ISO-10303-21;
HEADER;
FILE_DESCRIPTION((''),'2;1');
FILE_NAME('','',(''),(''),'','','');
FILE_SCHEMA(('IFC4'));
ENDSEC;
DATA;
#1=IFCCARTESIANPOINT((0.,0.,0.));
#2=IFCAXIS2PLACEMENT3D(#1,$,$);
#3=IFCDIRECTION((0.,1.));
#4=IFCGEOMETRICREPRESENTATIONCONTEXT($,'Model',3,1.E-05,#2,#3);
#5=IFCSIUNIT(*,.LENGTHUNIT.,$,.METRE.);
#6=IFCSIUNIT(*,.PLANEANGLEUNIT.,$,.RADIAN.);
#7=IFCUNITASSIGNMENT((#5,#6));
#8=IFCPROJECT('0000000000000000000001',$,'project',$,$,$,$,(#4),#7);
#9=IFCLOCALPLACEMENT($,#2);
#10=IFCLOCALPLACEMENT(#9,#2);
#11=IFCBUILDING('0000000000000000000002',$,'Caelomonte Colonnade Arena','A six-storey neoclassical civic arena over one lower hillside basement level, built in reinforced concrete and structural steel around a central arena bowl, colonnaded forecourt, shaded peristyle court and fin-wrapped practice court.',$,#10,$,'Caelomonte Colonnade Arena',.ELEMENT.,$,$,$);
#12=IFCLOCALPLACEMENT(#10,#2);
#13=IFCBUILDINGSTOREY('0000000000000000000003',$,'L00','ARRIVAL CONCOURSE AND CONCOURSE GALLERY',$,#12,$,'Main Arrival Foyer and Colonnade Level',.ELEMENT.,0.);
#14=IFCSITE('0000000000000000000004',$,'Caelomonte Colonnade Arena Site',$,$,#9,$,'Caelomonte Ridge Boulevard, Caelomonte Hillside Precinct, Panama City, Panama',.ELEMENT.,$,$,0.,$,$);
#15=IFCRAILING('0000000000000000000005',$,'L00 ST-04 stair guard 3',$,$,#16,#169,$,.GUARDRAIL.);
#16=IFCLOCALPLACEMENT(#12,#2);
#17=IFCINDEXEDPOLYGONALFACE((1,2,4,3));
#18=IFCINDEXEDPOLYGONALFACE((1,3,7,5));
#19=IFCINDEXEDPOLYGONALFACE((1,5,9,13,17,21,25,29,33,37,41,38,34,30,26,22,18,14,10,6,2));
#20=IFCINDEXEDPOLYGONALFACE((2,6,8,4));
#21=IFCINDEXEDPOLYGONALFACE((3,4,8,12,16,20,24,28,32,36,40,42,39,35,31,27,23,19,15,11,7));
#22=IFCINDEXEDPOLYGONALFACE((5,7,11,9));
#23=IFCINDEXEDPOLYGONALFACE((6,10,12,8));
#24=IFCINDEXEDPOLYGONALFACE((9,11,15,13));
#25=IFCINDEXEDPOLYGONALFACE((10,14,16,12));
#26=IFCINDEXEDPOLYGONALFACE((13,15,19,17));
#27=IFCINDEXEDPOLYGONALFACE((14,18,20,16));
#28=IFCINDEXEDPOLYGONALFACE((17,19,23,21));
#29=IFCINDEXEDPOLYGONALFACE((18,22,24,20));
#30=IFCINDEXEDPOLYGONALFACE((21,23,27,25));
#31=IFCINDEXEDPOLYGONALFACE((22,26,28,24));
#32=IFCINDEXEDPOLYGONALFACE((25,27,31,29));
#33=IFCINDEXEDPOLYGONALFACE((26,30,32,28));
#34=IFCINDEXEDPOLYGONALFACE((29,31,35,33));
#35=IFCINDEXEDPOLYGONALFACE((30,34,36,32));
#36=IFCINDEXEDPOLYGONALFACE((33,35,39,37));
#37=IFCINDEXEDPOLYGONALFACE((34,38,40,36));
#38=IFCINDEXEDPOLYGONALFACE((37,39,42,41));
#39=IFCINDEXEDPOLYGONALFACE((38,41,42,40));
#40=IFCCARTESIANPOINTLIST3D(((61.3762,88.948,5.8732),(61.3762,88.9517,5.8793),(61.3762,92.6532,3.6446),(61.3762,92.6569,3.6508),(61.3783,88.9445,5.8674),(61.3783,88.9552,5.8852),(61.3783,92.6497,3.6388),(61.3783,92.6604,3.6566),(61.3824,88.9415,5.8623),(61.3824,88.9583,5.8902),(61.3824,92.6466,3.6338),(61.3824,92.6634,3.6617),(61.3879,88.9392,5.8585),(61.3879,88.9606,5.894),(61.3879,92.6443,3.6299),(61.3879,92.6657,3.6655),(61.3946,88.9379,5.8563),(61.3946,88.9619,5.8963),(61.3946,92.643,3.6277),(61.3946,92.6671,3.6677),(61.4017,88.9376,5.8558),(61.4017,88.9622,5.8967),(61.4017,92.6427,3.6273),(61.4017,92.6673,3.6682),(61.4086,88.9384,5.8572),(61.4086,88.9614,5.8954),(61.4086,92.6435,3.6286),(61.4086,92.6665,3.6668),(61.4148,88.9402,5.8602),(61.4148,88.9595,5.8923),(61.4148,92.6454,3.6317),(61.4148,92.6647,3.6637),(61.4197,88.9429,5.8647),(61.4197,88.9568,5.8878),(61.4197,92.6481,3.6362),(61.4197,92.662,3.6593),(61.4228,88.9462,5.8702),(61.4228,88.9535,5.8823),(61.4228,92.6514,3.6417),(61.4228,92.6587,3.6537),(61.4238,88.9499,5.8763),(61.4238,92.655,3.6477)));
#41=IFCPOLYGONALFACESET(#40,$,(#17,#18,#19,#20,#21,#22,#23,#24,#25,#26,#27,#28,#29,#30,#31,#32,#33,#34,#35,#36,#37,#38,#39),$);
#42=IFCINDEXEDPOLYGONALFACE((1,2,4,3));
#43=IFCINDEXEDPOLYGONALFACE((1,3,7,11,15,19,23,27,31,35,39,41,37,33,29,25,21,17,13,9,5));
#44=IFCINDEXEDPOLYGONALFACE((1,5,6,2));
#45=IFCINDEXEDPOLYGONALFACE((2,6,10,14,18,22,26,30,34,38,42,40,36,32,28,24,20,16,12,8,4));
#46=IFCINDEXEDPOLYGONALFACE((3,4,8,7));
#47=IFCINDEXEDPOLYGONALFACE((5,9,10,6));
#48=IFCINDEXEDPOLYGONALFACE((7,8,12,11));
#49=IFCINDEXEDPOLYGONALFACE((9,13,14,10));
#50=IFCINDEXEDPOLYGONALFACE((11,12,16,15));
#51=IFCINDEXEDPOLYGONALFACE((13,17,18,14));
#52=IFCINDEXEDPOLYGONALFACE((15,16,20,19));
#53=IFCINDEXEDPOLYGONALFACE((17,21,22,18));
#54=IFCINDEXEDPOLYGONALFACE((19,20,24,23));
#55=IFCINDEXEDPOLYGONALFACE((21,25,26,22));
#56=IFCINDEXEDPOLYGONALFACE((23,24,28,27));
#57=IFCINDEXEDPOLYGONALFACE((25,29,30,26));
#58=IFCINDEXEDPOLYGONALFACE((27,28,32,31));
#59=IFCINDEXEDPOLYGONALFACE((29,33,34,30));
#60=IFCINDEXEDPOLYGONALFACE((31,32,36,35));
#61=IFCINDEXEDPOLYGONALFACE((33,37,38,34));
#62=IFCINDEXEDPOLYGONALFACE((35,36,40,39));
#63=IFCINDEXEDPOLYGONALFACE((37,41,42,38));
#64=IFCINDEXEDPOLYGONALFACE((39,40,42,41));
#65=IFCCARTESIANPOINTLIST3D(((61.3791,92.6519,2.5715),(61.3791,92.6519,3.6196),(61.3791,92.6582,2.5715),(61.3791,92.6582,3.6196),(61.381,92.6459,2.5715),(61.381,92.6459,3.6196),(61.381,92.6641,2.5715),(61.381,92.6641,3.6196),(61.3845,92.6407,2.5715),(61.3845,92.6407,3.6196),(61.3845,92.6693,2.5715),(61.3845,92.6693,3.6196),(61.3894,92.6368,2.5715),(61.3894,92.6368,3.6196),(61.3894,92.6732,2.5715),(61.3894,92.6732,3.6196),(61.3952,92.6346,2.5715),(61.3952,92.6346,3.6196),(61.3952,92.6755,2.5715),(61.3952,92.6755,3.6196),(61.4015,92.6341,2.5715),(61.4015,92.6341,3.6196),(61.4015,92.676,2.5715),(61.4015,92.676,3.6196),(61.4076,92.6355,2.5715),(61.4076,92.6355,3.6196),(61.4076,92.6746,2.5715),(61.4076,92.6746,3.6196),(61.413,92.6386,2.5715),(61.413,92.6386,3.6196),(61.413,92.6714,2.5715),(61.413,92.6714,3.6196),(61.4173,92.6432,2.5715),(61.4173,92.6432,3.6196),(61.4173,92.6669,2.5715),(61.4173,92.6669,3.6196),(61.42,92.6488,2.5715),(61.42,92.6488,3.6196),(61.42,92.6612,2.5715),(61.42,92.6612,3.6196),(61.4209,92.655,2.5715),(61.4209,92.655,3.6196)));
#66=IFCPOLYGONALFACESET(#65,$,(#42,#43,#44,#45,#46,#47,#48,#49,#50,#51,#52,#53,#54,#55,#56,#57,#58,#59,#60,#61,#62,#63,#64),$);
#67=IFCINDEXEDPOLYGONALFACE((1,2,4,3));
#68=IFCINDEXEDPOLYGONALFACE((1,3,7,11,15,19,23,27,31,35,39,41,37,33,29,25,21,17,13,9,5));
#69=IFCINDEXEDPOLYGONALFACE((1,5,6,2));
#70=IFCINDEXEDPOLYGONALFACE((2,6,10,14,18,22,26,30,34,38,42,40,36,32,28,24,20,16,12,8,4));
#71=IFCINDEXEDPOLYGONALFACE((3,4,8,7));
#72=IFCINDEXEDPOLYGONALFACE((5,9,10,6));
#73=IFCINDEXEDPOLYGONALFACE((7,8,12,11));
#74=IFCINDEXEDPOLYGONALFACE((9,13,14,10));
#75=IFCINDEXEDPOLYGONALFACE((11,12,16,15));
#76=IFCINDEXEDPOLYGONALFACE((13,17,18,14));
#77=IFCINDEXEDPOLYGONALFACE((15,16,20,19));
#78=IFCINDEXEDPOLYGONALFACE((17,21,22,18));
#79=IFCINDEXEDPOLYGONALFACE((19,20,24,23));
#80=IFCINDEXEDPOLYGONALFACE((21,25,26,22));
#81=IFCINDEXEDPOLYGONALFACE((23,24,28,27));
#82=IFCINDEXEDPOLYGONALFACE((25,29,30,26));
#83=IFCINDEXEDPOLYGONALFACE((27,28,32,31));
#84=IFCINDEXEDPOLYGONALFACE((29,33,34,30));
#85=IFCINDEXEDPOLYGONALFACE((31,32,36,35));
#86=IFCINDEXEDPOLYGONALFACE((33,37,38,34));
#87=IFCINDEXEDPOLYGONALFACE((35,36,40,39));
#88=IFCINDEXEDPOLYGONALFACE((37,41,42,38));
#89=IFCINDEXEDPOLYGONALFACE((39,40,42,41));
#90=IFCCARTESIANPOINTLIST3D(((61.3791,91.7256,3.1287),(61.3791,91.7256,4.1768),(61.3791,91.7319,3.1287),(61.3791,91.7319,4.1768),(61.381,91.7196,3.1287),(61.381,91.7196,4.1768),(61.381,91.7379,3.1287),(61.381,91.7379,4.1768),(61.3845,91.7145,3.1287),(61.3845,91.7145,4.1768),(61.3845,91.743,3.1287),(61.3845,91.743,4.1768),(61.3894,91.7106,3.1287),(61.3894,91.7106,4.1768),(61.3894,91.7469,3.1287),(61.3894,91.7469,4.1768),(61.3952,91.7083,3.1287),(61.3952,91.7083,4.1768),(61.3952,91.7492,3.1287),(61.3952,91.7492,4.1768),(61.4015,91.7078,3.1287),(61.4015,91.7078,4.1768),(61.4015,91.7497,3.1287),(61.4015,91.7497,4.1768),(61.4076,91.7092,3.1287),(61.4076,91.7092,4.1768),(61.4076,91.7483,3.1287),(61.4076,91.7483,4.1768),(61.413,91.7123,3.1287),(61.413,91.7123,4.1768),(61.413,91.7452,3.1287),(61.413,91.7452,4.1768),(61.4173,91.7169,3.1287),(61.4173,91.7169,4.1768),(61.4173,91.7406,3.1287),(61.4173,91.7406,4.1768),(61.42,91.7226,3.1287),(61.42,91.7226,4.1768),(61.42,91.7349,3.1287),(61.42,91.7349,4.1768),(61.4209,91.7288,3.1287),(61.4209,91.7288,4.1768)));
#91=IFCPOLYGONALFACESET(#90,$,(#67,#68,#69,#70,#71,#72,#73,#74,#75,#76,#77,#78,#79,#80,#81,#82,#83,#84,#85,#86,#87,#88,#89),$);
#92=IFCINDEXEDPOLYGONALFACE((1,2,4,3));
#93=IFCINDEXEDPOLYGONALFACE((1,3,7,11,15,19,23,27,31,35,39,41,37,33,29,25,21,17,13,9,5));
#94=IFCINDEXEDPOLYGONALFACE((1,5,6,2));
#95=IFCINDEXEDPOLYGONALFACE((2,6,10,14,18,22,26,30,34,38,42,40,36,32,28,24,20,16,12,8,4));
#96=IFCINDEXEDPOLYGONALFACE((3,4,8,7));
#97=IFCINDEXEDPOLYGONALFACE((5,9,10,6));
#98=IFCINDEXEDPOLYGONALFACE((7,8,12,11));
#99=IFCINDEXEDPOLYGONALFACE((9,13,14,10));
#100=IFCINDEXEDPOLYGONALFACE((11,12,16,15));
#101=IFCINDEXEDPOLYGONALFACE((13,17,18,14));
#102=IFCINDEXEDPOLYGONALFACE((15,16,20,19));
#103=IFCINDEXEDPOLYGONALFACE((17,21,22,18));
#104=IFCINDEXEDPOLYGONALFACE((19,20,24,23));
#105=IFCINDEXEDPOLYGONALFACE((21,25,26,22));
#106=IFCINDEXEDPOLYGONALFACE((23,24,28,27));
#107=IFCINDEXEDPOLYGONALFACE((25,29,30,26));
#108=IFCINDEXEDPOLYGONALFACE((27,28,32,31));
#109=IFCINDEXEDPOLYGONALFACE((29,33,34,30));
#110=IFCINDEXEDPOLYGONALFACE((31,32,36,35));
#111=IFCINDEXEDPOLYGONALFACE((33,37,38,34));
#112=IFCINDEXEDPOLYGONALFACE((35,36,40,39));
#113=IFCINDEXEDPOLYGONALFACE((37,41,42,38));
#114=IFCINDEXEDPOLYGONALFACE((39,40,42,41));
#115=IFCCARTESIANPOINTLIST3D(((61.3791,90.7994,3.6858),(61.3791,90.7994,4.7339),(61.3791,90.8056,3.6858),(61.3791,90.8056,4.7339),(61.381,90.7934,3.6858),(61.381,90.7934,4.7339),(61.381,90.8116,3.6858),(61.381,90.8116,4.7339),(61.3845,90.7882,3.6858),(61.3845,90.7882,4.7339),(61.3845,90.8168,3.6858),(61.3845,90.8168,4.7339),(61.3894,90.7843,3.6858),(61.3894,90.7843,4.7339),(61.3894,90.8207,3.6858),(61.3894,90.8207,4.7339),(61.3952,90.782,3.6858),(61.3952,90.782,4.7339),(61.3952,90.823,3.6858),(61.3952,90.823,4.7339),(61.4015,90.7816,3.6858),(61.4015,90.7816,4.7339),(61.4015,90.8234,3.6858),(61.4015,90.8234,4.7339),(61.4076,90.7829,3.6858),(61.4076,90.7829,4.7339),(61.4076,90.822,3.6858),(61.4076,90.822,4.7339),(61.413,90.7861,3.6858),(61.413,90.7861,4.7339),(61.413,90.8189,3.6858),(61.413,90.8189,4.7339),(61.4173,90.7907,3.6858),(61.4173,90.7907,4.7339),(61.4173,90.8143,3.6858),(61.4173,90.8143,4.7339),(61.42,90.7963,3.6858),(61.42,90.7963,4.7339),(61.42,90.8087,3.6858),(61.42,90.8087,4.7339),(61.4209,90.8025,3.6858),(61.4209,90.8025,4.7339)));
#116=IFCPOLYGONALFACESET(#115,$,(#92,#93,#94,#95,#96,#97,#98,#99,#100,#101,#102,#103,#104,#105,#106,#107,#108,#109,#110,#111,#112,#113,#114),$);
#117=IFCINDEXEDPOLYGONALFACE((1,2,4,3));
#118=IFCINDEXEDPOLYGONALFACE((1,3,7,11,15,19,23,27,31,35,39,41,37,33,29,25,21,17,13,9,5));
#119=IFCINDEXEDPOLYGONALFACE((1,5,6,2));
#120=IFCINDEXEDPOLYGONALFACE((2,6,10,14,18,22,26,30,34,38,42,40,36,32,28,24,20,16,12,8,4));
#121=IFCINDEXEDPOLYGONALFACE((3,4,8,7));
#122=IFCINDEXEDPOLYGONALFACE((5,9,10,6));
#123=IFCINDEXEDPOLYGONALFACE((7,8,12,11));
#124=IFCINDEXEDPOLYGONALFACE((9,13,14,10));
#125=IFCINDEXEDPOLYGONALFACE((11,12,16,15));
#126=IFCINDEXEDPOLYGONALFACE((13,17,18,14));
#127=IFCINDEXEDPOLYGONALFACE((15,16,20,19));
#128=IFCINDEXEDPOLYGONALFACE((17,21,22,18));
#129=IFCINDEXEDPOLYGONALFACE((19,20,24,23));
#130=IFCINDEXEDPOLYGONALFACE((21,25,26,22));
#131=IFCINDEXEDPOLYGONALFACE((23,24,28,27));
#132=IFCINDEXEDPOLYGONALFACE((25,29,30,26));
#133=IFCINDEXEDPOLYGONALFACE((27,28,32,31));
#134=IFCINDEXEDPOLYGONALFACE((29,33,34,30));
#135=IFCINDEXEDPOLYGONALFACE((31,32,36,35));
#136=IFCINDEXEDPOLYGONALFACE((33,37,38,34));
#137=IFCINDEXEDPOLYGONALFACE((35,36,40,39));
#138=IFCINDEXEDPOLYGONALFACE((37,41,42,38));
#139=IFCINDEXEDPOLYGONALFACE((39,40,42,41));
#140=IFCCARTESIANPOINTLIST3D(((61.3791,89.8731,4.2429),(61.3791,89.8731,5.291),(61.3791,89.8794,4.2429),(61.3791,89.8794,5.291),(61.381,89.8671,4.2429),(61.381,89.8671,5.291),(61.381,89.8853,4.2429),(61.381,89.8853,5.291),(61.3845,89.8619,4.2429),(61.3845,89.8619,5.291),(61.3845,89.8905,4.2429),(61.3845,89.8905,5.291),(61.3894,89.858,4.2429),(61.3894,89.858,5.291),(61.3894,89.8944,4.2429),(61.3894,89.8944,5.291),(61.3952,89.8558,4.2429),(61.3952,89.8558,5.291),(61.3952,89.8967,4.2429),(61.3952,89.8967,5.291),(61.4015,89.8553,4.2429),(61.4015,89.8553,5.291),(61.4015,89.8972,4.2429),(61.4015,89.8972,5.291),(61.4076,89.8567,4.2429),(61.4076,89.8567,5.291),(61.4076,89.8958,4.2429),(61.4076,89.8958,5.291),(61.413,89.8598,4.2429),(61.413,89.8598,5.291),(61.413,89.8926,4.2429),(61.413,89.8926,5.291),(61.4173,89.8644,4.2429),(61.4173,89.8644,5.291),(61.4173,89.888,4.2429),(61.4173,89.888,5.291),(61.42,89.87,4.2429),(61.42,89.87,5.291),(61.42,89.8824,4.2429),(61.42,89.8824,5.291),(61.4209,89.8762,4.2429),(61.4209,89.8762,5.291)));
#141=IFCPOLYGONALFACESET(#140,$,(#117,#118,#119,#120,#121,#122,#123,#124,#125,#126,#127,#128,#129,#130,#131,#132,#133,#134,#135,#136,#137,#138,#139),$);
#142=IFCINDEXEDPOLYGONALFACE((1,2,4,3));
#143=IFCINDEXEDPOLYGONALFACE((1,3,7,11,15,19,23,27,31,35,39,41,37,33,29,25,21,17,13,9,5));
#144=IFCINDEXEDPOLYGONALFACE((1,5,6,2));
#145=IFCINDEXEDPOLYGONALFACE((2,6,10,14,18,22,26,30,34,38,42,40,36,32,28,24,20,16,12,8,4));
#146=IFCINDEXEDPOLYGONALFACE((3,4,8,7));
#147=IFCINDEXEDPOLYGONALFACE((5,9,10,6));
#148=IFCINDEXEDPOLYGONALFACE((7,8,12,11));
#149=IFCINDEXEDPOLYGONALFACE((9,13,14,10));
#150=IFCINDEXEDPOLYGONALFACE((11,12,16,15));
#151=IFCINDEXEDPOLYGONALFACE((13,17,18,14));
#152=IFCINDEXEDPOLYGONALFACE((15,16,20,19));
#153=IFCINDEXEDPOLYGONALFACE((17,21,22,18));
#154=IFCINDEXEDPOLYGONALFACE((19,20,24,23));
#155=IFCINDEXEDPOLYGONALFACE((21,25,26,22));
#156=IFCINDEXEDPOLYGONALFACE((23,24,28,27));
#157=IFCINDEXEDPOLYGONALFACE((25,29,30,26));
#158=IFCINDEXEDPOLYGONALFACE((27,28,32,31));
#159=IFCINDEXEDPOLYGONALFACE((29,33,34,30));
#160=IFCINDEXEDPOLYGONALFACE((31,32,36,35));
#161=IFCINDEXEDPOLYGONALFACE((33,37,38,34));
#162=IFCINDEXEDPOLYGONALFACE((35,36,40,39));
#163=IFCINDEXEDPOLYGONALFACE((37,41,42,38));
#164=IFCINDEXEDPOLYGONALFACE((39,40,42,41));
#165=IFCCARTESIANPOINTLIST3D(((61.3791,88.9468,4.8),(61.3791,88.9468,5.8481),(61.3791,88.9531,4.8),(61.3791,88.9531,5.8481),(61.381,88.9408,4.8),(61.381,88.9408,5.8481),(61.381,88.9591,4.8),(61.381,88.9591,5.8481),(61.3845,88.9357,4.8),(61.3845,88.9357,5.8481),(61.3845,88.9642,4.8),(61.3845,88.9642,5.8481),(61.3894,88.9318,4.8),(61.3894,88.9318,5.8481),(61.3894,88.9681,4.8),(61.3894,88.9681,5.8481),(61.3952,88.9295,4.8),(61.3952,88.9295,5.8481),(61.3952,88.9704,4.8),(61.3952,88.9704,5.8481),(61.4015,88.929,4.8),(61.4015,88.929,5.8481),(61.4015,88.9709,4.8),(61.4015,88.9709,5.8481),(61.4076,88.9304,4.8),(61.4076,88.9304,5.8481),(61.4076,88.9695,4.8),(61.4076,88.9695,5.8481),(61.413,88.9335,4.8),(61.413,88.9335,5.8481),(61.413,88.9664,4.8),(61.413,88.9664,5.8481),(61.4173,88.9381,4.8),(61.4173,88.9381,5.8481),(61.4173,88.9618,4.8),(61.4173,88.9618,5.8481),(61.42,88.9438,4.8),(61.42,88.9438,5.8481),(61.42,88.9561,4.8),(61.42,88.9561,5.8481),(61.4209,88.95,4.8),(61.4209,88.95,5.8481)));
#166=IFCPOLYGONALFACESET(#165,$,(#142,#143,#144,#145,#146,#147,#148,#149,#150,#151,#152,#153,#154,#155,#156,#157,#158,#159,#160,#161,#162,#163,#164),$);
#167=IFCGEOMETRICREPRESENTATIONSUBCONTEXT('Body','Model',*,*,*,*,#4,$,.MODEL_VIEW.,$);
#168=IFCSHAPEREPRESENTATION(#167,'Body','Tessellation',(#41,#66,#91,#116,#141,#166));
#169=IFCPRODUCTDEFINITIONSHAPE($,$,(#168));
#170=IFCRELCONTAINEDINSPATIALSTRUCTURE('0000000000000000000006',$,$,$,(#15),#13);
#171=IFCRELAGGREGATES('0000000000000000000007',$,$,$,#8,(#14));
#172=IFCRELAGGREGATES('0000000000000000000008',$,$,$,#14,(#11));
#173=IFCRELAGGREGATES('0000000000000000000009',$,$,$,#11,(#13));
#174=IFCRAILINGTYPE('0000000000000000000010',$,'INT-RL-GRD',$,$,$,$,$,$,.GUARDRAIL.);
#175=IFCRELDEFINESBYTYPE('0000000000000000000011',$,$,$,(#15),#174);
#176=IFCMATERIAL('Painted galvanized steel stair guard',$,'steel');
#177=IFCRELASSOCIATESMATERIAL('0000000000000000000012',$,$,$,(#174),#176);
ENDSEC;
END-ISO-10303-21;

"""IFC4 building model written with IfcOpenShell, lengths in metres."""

from ifc_helpers import new_model, si_unit, direction, frame, origin, origin_2d, place, context, subcontext, project, spatial, circle, extrude, material, type_object, element, save


model = new_model("IFC4")

# Units and contexts
model_context = context("Model", 3, precision=1e-05, world=origin(), true_north=direction((0.0, 1.0)))
body_context = subcontext(model_context, "Body", "Model", "MODEL_VIEW")
ifc_project = project(units=[si_unit("LENGTHUNIT", "METRE"), si_unit("PLANEANGLEUNIT", "RADIAN")], contexts=[model_context])

# Site, building, storey
site_placement = place(None, origin())
site = spatial("IfcSite", under=ifc_project, at=site_placement, Name="Caelomonte Colonnade Arena Site", LongName="Caelomonte Ridge Boulevard, Caelomonte Hillside Precinct, Panama City, Panama", CompositionType="ELEMENT", RefElevation=0.0)
building_placement = place(site_placement, origin())
building = spatial("IfcBuilding", under=site, at=building_placement, Name="Caelomonte Colonnade Arena", Description="A six-storey neoclassical civic arena over one lower hillside basement level, built in reinforced concrete and structural steel around a central arena bowl, colonnaded forecourt, shaded peristyle court and fin-wrapped practice court.", LongName="Caelomonte Colonnade Arena", CompositionType="ELEMENT")
storey_placement = place(building_placement, origin())
storey = spatial("IfcBuildingStorey", under=building, at=storey_placement, Name="L00", Description="ARRIVAL CONCOURSE AND CONCOURSE GALLERY", LongName="Main Arrival Foyer and Colonnade Level", CompositionType="ELEMENT", Elevation=0.0)

# Railing
ifc_material_1 = material(Name="Painted galvanized steel stair guard", Category="steel")
railing_type_1 = type_object("IfcRailingType", Name="INT-RL-GRD", PredefinedType="GUARDRAIL", material=ifc_material_1)
railing_1_placement = place(storey_placement, frame((61.3999, 92.655, 2.5715)))
element("IfcRailing", 1, at=railing_1_placement, inside=storey, type_object=railing_type_1, Name="L00 ST-04 stair guard 3", PredefinedType="GUARDRAIL", context=body_context, shape_type="SweptSolid", body=[
    extrude(circle(Radius=0.0239, at=origin_2d()), frame((0.0, 0.0, 1.0762), z_axis=(0.0, -0.856934, 0.515425), x_axis=(1.0, 0.0, 0.0)), (0.0, 0.0, 1.0), 4.3237),
    extrude(circle(Radius=0.021, at=origin_2d()), origin(), (0.0, 0.0, 1.0), 1.0481),
    extrude(circle(Radius=0.021, at=origin_2d()), frame((0.0, -0.9263, 0.5571)), (0.0, 0.0, 1.0), 1.0481),
    extrude(circle(Radius=0.021, at=origin_2d()), frame((0.0, -1.8525, 1.1143)), (0.0, 0.0, 1.0), 1.0481),
    extrude(circle(Radius=0.021, at=origin_2d()), frame((0.0, -2.7788, 1.6714)), (0.0, 0.0, 1.0), 1.0481),
    extrude(circle(Radius=0.021, at=origin_2d()), frame((0.0, -3.7051, 2.2285)), (0.0, 0.0, 1.0), 1.0481),
])

save(model, "model.ifc")
